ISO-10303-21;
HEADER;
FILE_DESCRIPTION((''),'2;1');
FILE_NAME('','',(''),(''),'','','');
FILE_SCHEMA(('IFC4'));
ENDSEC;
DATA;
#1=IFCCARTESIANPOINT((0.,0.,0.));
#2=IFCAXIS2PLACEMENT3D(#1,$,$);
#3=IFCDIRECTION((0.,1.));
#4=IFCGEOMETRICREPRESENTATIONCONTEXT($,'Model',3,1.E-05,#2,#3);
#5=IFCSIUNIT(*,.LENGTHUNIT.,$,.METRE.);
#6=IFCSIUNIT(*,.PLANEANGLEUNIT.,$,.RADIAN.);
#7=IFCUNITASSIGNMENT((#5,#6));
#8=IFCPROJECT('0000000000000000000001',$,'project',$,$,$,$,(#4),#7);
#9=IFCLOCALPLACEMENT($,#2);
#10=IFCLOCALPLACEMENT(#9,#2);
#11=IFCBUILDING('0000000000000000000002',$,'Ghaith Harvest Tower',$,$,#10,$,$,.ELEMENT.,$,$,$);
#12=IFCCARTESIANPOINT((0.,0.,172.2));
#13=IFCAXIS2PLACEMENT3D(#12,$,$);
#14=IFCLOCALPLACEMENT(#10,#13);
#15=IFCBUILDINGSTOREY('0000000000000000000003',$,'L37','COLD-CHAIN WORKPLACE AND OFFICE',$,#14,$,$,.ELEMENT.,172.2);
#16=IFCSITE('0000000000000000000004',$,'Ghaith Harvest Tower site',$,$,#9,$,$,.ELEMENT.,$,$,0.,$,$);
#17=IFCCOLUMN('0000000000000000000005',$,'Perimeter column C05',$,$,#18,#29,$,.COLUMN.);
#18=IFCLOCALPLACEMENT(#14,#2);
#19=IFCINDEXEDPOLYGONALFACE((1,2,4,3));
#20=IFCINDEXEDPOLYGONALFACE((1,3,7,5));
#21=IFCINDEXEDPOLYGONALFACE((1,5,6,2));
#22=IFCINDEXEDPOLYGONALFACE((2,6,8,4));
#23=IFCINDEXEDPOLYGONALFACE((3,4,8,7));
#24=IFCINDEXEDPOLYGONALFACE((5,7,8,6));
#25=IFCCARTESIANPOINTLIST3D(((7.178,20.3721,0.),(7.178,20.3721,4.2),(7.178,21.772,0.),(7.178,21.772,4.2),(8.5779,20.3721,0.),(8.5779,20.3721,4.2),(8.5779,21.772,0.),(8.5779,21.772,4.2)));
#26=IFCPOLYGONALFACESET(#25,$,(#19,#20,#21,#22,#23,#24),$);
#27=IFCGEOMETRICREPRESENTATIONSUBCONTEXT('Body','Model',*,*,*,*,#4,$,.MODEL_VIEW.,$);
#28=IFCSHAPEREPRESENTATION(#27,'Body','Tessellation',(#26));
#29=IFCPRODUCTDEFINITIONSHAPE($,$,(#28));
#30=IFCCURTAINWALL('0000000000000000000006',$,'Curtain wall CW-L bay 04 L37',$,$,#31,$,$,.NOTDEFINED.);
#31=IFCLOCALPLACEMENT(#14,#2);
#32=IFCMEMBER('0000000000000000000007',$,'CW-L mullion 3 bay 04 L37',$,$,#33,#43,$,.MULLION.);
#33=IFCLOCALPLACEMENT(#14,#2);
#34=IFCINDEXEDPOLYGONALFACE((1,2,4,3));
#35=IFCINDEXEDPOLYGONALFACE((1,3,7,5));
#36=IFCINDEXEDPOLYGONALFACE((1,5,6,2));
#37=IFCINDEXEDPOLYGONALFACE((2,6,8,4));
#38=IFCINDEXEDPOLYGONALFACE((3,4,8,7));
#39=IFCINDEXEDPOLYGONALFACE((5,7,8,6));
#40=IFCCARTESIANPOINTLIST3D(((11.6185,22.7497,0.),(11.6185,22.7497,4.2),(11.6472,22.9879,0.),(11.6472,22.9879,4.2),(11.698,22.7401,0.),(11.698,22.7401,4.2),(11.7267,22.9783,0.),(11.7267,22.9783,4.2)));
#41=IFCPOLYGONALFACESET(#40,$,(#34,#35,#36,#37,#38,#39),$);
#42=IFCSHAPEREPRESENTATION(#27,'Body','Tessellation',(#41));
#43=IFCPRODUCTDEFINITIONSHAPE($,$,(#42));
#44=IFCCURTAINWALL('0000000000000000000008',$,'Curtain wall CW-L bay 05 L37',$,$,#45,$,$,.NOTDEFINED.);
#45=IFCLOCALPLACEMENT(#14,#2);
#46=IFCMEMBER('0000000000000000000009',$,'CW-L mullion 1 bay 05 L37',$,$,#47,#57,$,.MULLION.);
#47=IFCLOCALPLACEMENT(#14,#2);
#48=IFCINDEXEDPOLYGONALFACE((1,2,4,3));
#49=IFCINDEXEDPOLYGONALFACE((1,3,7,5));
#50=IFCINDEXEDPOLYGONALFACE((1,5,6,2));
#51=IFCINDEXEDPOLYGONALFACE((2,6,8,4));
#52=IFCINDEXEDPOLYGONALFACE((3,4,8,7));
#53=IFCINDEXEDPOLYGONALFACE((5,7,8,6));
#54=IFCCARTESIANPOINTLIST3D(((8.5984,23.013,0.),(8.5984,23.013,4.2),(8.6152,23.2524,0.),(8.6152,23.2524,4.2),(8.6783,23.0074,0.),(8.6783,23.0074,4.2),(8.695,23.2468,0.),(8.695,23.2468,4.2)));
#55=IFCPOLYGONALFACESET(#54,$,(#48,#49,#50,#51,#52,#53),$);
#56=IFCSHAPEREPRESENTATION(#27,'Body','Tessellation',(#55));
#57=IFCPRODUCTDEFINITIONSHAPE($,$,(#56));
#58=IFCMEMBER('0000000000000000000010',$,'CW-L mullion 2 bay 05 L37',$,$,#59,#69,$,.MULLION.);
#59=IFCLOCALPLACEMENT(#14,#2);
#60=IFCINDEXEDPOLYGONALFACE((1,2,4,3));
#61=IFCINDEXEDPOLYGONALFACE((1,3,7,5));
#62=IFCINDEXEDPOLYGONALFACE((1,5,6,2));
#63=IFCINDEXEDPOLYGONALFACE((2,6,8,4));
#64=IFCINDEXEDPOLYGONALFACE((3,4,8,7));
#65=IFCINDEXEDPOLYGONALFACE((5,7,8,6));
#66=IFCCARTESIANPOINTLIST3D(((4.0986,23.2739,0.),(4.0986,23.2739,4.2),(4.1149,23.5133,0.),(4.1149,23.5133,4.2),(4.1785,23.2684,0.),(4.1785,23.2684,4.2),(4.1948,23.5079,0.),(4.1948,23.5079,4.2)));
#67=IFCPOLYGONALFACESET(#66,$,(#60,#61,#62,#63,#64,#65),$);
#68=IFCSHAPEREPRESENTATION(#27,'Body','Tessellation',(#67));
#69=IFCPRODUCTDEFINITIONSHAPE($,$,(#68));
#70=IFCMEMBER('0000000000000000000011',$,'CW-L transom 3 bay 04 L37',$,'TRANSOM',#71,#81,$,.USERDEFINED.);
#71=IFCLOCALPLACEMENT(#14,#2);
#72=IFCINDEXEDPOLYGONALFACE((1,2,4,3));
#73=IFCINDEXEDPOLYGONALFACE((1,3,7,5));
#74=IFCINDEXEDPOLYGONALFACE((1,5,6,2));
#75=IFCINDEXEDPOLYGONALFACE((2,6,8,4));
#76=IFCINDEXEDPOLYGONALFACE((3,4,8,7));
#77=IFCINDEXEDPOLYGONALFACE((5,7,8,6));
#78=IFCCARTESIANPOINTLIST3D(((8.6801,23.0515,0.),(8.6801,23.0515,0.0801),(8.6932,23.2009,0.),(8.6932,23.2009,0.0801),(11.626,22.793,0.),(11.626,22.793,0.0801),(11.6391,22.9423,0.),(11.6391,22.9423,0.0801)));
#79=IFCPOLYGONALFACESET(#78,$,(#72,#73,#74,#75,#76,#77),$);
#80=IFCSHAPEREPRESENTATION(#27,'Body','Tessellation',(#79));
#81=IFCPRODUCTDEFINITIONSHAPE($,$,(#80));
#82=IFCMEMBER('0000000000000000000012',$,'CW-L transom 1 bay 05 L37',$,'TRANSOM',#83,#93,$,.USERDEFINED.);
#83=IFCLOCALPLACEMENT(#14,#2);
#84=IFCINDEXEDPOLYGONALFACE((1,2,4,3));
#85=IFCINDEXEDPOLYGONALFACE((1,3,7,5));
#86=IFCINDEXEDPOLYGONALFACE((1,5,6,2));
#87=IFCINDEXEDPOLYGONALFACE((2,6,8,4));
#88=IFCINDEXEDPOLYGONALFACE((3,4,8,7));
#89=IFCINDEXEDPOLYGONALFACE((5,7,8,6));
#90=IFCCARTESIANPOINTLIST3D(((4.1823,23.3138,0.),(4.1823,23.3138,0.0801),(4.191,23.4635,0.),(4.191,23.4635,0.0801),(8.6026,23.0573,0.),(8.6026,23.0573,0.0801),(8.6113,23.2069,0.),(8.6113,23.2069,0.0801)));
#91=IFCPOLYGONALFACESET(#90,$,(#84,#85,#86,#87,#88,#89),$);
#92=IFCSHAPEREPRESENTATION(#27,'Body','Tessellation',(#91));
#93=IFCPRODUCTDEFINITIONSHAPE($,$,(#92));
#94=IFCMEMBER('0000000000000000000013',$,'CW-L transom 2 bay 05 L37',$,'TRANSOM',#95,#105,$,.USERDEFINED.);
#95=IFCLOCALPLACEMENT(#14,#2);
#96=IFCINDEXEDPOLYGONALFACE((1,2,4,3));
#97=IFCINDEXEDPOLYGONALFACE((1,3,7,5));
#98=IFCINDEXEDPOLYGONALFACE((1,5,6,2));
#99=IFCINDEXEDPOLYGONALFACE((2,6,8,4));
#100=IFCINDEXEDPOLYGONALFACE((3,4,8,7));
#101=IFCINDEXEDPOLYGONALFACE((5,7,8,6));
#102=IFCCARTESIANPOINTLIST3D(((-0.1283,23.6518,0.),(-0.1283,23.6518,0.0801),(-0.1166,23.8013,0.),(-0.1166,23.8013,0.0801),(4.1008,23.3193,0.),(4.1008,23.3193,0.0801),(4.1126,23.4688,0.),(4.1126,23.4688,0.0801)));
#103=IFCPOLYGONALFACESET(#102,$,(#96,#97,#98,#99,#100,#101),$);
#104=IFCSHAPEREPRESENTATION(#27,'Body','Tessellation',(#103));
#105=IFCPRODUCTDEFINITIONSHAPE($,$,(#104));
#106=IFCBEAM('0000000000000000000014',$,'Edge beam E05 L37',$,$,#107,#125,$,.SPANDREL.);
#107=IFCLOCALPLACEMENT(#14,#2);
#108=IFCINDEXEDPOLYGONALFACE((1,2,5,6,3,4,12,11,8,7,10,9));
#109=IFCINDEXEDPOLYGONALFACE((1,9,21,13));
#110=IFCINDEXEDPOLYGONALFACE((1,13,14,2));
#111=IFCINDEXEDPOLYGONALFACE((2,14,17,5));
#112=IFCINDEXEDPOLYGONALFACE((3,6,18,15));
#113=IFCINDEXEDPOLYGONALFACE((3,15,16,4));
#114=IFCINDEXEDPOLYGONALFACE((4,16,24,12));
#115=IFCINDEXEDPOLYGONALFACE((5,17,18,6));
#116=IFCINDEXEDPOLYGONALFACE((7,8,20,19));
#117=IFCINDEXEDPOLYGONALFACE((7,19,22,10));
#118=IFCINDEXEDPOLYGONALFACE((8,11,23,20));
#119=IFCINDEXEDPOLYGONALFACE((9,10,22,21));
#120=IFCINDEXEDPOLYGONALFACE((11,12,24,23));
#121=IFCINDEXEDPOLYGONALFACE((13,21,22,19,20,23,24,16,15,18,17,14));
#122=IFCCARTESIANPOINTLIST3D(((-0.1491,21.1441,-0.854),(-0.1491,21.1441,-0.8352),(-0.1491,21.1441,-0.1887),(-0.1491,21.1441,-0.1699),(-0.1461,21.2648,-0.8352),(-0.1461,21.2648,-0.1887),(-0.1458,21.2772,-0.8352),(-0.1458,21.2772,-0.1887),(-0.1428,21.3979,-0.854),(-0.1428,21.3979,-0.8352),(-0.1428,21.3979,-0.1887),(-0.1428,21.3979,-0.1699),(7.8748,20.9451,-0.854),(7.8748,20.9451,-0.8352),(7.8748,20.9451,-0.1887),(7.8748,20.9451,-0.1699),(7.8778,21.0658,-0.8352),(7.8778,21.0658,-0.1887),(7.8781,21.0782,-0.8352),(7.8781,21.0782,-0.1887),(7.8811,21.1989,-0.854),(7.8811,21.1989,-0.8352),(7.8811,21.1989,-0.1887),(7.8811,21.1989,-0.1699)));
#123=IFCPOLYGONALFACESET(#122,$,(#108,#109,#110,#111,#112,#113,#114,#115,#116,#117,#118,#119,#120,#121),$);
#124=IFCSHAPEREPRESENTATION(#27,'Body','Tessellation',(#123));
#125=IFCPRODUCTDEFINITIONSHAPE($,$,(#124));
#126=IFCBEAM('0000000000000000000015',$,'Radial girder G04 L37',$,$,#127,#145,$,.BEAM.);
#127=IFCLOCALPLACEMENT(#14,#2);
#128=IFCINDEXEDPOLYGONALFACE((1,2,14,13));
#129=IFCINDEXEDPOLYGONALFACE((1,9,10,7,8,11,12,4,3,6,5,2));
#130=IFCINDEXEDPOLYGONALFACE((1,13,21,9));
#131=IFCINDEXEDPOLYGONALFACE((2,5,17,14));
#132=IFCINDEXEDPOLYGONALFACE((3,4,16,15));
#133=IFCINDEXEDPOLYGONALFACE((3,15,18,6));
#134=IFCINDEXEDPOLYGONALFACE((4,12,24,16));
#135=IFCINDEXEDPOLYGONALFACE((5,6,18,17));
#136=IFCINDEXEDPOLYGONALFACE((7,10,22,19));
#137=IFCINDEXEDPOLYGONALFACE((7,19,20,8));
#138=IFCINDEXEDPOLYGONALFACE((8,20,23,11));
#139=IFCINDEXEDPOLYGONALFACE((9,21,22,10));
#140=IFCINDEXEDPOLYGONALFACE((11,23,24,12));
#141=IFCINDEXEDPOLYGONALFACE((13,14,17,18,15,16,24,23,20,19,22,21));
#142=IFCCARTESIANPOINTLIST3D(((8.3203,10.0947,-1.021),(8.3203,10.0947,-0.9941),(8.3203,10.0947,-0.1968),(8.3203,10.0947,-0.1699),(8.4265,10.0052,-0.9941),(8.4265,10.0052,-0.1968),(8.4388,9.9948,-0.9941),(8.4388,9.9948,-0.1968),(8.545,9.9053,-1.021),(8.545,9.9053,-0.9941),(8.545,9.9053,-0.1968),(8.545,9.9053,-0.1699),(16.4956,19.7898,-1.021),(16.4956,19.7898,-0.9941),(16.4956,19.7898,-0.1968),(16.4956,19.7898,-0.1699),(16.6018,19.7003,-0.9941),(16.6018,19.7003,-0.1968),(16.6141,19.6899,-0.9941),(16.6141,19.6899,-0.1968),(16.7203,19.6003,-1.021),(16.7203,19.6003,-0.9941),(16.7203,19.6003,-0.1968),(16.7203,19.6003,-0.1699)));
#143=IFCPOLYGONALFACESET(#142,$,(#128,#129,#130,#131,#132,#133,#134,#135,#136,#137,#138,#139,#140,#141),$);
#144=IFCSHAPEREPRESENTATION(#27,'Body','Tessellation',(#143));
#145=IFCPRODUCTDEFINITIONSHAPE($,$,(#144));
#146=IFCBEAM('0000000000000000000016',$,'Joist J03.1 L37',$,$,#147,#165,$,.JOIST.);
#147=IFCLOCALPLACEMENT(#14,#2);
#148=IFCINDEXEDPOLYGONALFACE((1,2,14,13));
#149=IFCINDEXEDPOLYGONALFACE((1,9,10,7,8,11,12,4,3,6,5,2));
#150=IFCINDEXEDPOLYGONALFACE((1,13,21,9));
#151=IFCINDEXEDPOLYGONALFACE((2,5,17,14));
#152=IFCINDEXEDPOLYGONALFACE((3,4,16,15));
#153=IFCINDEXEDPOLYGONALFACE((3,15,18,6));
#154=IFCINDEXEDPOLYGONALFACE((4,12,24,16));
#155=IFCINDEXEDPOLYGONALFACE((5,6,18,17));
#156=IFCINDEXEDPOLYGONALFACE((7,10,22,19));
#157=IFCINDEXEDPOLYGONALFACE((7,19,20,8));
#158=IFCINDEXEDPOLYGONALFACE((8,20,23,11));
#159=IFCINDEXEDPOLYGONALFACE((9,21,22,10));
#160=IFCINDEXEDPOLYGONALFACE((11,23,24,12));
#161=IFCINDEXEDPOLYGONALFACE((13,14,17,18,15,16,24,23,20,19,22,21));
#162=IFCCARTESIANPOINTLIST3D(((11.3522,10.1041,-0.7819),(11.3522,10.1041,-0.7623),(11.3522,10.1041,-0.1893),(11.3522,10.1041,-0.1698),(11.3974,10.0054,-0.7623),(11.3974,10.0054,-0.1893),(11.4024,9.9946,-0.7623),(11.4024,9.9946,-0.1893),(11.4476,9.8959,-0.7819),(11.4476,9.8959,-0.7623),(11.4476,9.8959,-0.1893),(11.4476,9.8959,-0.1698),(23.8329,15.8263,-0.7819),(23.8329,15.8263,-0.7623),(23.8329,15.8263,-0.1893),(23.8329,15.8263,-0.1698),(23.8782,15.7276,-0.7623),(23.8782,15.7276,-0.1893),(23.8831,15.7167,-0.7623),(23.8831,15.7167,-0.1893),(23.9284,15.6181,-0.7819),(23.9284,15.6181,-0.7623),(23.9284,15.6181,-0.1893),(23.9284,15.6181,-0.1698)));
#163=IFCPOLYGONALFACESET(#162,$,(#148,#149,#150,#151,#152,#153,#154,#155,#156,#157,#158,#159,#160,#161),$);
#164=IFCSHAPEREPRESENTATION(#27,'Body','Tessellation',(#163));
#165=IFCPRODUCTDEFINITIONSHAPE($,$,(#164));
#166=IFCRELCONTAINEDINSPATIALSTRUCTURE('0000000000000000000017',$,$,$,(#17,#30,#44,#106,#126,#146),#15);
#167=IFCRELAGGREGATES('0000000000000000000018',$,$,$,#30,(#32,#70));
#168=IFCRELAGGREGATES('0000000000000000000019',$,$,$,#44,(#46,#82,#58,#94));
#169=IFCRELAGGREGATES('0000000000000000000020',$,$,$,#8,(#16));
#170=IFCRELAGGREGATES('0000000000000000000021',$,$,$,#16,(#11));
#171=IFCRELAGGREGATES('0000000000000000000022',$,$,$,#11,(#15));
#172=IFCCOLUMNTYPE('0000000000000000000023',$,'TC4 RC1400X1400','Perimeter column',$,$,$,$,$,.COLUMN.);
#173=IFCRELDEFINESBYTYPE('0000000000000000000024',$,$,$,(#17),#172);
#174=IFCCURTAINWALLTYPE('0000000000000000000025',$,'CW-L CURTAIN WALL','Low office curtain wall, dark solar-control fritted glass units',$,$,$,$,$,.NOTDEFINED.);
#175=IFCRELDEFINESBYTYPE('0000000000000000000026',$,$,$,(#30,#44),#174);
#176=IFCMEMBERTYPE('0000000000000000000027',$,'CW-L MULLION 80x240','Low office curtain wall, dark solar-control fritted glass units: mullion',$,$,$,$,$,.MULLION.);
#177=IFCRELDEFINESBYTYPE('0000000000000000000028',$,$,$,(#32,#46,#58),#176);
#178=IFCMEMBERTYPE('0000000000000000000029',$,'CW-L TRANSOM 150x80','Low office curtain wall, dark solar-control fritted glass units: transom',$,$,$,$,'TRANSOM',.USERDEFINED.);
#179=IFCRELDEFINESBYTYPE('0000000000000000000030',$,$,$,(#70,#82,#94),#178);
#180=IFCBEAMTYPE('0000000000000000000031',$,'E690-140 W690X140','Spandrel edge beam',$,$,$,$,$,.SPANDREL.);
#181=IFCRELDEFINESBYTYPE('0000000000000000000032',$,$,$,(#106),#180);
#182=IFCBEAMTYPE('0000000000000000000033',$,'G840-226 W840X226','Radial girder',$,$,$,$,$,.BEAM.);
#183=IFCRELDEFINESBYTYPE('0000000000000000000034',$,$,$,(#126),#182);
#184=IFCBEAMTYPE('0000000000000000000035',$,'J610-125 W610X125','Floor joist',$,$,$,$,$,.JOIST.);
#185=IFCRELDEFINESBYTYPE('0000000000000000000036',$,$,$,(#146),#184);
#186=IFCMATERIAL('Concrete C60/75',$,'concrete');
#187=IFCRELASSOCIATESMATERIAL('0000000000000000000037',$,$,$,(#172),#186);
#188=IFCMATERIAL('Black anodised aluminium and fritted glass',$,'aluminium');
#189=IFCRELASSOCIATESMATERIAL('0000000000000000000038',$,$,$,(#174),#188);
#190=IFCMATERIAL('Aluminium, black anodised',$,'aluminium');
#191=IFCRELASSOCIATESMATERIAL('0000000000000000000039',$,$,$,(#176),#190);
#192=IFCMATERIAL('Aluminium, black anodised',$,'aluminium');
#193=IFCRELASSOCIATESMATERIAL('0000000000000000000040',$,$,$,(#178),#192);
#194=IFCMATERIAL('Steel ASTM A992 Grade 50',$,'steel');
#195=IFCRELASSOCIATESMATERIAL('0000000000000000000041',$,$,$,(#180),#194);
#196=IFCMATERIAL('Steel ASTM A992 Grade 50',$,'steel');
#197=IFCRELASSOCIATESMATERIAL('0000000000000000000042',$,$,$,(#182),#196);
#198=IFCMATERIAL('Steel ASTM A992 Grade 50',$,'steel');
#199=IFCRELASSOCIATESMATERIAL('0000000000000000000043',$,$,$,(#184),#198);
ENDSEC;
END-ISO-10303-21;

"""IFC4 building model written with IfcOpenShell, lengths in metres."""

from ifc_helpers import new_model, si_unit, direction, frame, origin, origin_2d, place, context, subcontext, project, spatial, rectangle, i_section, extrude, material, material_profile, profile_set, type_object, element, aggregate, save


model = new_model("IFC4")

# Units and contexts
model_context = context("Model", 3, precision=1e-05, world=origin(), true_north=direction((0.0, 1.0)))
body_context = subcontext(model_context, "Body", "Model", "MODEL_VIEW")
ifc_project = project(units=[si_unit("LENGTHUNIT", "METRE"), si_unit("PLANEANGLEUNIT", "RADIAN")], contexts=[model_context])

# Site, building, storey
site_placement = place(None, origin())
site = spatial("IfcSite", under=ifc_project, at=site_placement, Name="Ghaith Harvest Tower site", CompositionType="ELEMENT", RefElevation=0.0)
building_placement = place(site_placement, origin())
building = spatial("IfcBuilding", under=site, at=building_placement, Name="Ghaith Harvest Tower", CompositionType="ELEMENT")
storey_placement = place(building_placement, frame((0.0, 0.0, 172.2)))
storey = spatial("IfcBuildingStorey", under=building, at=storey_placement, Name="L37", Description="COLD-CHAIN WORKPLACE AND OFFICE", CompositionType="ELEMENT", Elevation=172.2)

# Column
ifc_material_1 = material(Name="Concrete C60/75", Category="concrete")
ifc_material_profile_1 = material_profile(ifc_material_1, rectangle(XDim=1.3999, YDim=1.3999, at=origin_2d()), Name="RC1400X1400")
ifc_profile_set_1 = profile_set([ifc_material_profile_1], Name="Concrete C60/75")
column_type = type_object("IfcColumnType", Name="TC4 RC1400X1400", Description="Perimeter column", PredefinedType="COLUMN", material=ifc_profile_set_1)
column_placement = place(storey_placement, frame((7.8779, 21.072, 0.0), z_axis=(0.0, 0.0, 1.0), x_axis=(1.0, 0.0, 0.0)))
element("IfcColumn", 1, at=column_placement, inside=storey, type_object=column_type, Name="Perimeter column C05", PredefinedType="COLUMN", context=body_context, shape_type="SweptSolid", body=[
    extrude(rectangle(XDim=1.3999, YDim=1.3999, at=origin_2d()), origin(), (0.0, 0.0, 1.0), 4.2),
])

# Curtain wall, member
ifc_material_2 = material(Name="Black anodised aluminium and fritted glass", Category="aluminium")
curtain_wall_type = type_object("IfcCurtainWallType", Name="CW-L CURTAIN WALL", Description="Low office curtain wall, dark solar-control fritted glass units", PredefinedType="NOTDEFINED", material=ifc_material_2)
curtain_wall_1_placement = place(storey_placement, origin())
curtain_wall_1 = element("IfcCurtainWall", 2, at=curtain_wall_1_placement, inside=storey, type_object=curtain_wall_type, Name="Curtain wall CW-L bay 04 L37", PredefinedType="NOTDEFINED")
ifc_material_3 = material(Name="Aluminium, black anodised", Category="aluminium")
ifc_material_profile_2 = material_profile(ifc_material_3, rectangle(XDim=0.0801, YDim=0.24, at=origin_2d()), Name="CW-L MULLION 80x240")
ifc_profile_set_2 = profile_set([ifc_material_profile_2], Name="Aluminium, black anodised")
member_type_1 = type_object("IfcMemberType", Name="CW-L MULLION 80x240", Description="Low office curtain wall, dark solar-control fritted glass units: mullion", PredefinedType="MULLION", material=ifc_profile_set_2)
member_1_placement = place(storey_placement, frame((11.6726, 22.864, 0.0), z_axis=(0.0, 0.0, 1.0), x_axis=(-0.9928, 0.11978, 0.0)))
member_1 = element("IfcMember", 3, at=member_1_placement, type_object=member_type_1, Name="CW-L mullion 3 bay 04 L37", PredefinedType="MULLION", context=body_context, shape_type="SweptSolid", body=[
    extrude(rectangle(XDim=0.0801, YDim=0.24, at=origin_2d()), origin(), (0.0, 0.0, 1.0), 4.2),
])

# Curtain wall, members
curtain_wall_2_placement = place(storey_placement, origin())
curtain_wall_2 = element("IfcCurtainWall", 4, at=curtain_wall_2_placement, inside=storey, type_object=curtain_wall_type, Name="Curtain wall CW-L bay 05 L37", PredefinedType="NOTDEFINED")
member_2_placement = place(storey_placement, frame((8.6467, 23.1299, 0.0), z_axis=(0.0, 0.0, 1.0), x_axis=(-0.997559, 0.069832, 0.0)))
member_2 = element("IfcMember", 5, at=member_2_placement, type_object=member_type_1, Name="CW-L mullion 1 bay 05 L37", PredefinedType="MULLION", context=body_context, shape_type="SweptSolid", body=[
    extrude(rectangle(XDim=0.0801, YDim=0.24, at=origin_2d()), origin(), (0.0, 0.0, 1.0), 4.2),
])
member_3_placement = place(storey_placement, frame((4.1467, 23.3909, 0.0), z_axis=(0.0, 0.0, 1.0), x_axis=(-0.99769, 0.067933, 0.0)))
member_3 = element("IfcMember", 6, at=member_3_placement, type_object=member_type_1, Name="CW-L mullion 2 bay 05 L37", PredefinedType="MULLION", context=body_context, shape_type="SweptSolid", body=[
    extrude(rectangle(XDim=0.0801, YDim=0.24, at=origin_2d()), origin(), (0.0, 0.0, 1.0), 4.2),
])

# Members
ifc_material_4 = material(Name="Aluminium, black anodised", Category="aluminium")
ifc_material_profile_3 = material_profile(ifc_material_4, rectangle(XDim=0.1499, YDim=0.0801, at=origin_2d()), Name="CW-L TRANSOM 150x80")
ifc_profile_set_3 = profile_set([ifc_material_profile_3], Name="Aluminium, black anodised")
member_type_2 = type_object("IfcMemberType", Name="CW-L TRANSOM 150x80", Description="Low office curtain wall, dark solar-control fritted glass units: transom", ElementType="TRANSOM", PredefinedType="USERDEFINED", material=ifc_profile_set_3)
member_4_placement = place(storey_placement, frame((11.6326, 22.8677, 0.04), z_axis=(-0.996171, 0.087424, 0.0), x_axis=(-0.087424, -0.996171, 0.0)))
member_4 = element("IfcMember", 7, at=member_4_placement, type_object=member_type_2, Name="CW-L transom 3 bay 04 L37", ObjectType="TRANSOM", PredefinedType="USERDEFINED", context=body_context, shape_type="SweptSolid", body=[
    extrude(rectangle(XDim=0.1499, YDim=0.0801, at=origin_2d()), origin(), (0.0, 0.0, 1.0), 2.9573),
])
member_5_placement = place(storey_placement, frame((8.6069, 23.1321, 0.04), z_axis=(-0.99832, 0.05795, 0.0), x_axis=(-0.05795, -0.99832, 0.0)))
member_5 = element("IfcMember", 8, at=member_5_placement, type_object=member_type_2, Name="CW-L transom 1 bay 05 L37", ObjectType="TRANSOM", PredefinedType="USERDEFINED", context=body_context, shape_type="SweptSolid", body=[
    extrude(rectangle(XDim=0.1499, YDim=0.0801, at=origin_2d()), origin(), (0.0, 0.0, 1.0), 4.4277),
])
member_6_placement = place(storey_placement, frame((4.1067, 23.394, 0.04), z_axis=(-0.996923, 0.078382, 0.0), x_axis=(-0.078382, -0.996923, 0.0)))
member_6 = element("IfcMember", 9, at=member_6_placement, type_object=member_type_2, Name="CW-L transom 2 bay 05 L37", ObjectType="TRANSOM", PredefinedType="USERDEFINED", context=body_context, shape_type="SweptSolid", body=[
    extrude(rectangle(XDim=0.1499, YDim=0.0801, at=origin_2d()), origin(), (0.0, 0.0, 1.0), 4.2422),
])

# Beams
ifc_material_5 = material(Name="Steel ASTM A992 Grade 50", Category="steel")
ifc_material_profile_4 = material_profile(ifc_material_5, i_section(OverallWidth=0.2539, OverallDepth=0.6841, WebThickness=0.0125, FlangeThickness=0.0188, at=origin_2d()), Name="W690X140")
ifc_profile_set_4 = profile_set([ifc_material_profile_4], Name="Steel ASTM A992 Grade 50")
beam_type_1 = type_object("IfcBeamType", Name="E690-140 W690X140", Description="Spandrel edge beam", PredefinedType="SPANDREL", material=ifc_profile_set_4)
beam_1_placement = place(storey_placement, frame((7.8779, 21.072, -0.512), z_axis=(-0.999693, 0.02479, 0.0), x_axis=(-0.02479, -0.999693, 0.0)))
element("IfcBeam", 10, at=beam_1_placement, inside=storey, type_object=beam_type_1, Name="Edge beam E05 L37", PredefinedType="SPANDREL", context=body_context, shape_type="SweptSolid", body=[
    extrude(i_section(OverallWidth=0.2539, OverallDepth=0.6841, WebThickness=0.0125, FlangeThickness=0.0188, at=origin_2d()), origin(), (0.0, 0.0, 1.0), 8.0264),
])
ifc_material_6 = material(Name="Steel ASTM A992 Grade 50", Category="steel")
ifc_material_profile_5 = material_profile(ifc_material_6, i_section(OverallWidth=0.2939, OverallDepth=0.8511, WebThickness=0.0161, FlangeThickness=0.0269, at=origin_2d()), Name="W840X226")
ifc_profile_set_5 = profile_set([ifc_material_profile_5], Name="Steel ASTM A992 Grade 50")
beam_type_2 = type_object("IfcBeamType", Name="G840-226 W840X226", Description="Radial girder", PredefinedType="BEAM", material=ifc_profile_set_5)
beam_2_placement = place(storey_placement, frame((8.4326, 10.0, -0.5955), z_axis=(0.644644, 0.764483, 0.0), x_axis=(-0.764483, 0.644644, 0.0)))
element("IfcBeam", 11, at=beam_2_placement, inside=storey, type_object=beam_type_2, Name="Radial girder G04 L37", PredefinedType="BEAM", context=body_context, shape_type="SweptSolid", body=[
    extrude(i_section(OverallWidth=0.2939, OverallDepth=0.8511, WebThickness=0.0161, FlangeThickness=0.0269, at=origin_2d()), origin(), (0.0, 0.0, 1.0), 12.6819),
])
ifc_material_7 = material(Name="Steel ASTM A992 Grade 50", Category="steel")
ifc_material_profile_6 = material_profile(ifc_material_7, i_section(OverallWidth=0.229, OverallDepth=0.6121, WebThickness=0.012, FlangeThickness=0.0195, at=origin_2d()), Name="W610X125")
ifc_profile_set_6 = profile_set([ifc_material_profile_6], Name="Steel ASTM A992 Grade 50")
beam_type_3 = type_object("IfcBeamType", Name="J610-125 W610X125", Description="Floor joist", PredefinedType="JOIST", material=ifc_profile_set_6)
beam_3_placement = place(storey_placement, frame((11.3999, 10.0, -0.4758), z_axis=(0.909014, 0.416766, 0.0), x_axis=(-0.416766, 0.909014, 0.0)))
element("IfcBeam", 12, at=beam_3_placement, inside=storey, type_object=beam_type_3, Name="Joist J03.1 L37", PredefinedType="JOIST", context=body_context, shape_type="SweptSolid", body=[
    extrude(i_section(OverallWidth=0.229, OverallDepth=0.6121, WebThickness=0.012, FlangeThickness=0.0195, at=origin_2d()), origin(), (0.0, 0.0, 1.0), 13.73),
])

aggregate(curtain_wall_1, [member_1, member_4])
aggregate(curtain_wall_2, [member_2, member_5, member_3, member_6])

save(model, "model.ifc")
